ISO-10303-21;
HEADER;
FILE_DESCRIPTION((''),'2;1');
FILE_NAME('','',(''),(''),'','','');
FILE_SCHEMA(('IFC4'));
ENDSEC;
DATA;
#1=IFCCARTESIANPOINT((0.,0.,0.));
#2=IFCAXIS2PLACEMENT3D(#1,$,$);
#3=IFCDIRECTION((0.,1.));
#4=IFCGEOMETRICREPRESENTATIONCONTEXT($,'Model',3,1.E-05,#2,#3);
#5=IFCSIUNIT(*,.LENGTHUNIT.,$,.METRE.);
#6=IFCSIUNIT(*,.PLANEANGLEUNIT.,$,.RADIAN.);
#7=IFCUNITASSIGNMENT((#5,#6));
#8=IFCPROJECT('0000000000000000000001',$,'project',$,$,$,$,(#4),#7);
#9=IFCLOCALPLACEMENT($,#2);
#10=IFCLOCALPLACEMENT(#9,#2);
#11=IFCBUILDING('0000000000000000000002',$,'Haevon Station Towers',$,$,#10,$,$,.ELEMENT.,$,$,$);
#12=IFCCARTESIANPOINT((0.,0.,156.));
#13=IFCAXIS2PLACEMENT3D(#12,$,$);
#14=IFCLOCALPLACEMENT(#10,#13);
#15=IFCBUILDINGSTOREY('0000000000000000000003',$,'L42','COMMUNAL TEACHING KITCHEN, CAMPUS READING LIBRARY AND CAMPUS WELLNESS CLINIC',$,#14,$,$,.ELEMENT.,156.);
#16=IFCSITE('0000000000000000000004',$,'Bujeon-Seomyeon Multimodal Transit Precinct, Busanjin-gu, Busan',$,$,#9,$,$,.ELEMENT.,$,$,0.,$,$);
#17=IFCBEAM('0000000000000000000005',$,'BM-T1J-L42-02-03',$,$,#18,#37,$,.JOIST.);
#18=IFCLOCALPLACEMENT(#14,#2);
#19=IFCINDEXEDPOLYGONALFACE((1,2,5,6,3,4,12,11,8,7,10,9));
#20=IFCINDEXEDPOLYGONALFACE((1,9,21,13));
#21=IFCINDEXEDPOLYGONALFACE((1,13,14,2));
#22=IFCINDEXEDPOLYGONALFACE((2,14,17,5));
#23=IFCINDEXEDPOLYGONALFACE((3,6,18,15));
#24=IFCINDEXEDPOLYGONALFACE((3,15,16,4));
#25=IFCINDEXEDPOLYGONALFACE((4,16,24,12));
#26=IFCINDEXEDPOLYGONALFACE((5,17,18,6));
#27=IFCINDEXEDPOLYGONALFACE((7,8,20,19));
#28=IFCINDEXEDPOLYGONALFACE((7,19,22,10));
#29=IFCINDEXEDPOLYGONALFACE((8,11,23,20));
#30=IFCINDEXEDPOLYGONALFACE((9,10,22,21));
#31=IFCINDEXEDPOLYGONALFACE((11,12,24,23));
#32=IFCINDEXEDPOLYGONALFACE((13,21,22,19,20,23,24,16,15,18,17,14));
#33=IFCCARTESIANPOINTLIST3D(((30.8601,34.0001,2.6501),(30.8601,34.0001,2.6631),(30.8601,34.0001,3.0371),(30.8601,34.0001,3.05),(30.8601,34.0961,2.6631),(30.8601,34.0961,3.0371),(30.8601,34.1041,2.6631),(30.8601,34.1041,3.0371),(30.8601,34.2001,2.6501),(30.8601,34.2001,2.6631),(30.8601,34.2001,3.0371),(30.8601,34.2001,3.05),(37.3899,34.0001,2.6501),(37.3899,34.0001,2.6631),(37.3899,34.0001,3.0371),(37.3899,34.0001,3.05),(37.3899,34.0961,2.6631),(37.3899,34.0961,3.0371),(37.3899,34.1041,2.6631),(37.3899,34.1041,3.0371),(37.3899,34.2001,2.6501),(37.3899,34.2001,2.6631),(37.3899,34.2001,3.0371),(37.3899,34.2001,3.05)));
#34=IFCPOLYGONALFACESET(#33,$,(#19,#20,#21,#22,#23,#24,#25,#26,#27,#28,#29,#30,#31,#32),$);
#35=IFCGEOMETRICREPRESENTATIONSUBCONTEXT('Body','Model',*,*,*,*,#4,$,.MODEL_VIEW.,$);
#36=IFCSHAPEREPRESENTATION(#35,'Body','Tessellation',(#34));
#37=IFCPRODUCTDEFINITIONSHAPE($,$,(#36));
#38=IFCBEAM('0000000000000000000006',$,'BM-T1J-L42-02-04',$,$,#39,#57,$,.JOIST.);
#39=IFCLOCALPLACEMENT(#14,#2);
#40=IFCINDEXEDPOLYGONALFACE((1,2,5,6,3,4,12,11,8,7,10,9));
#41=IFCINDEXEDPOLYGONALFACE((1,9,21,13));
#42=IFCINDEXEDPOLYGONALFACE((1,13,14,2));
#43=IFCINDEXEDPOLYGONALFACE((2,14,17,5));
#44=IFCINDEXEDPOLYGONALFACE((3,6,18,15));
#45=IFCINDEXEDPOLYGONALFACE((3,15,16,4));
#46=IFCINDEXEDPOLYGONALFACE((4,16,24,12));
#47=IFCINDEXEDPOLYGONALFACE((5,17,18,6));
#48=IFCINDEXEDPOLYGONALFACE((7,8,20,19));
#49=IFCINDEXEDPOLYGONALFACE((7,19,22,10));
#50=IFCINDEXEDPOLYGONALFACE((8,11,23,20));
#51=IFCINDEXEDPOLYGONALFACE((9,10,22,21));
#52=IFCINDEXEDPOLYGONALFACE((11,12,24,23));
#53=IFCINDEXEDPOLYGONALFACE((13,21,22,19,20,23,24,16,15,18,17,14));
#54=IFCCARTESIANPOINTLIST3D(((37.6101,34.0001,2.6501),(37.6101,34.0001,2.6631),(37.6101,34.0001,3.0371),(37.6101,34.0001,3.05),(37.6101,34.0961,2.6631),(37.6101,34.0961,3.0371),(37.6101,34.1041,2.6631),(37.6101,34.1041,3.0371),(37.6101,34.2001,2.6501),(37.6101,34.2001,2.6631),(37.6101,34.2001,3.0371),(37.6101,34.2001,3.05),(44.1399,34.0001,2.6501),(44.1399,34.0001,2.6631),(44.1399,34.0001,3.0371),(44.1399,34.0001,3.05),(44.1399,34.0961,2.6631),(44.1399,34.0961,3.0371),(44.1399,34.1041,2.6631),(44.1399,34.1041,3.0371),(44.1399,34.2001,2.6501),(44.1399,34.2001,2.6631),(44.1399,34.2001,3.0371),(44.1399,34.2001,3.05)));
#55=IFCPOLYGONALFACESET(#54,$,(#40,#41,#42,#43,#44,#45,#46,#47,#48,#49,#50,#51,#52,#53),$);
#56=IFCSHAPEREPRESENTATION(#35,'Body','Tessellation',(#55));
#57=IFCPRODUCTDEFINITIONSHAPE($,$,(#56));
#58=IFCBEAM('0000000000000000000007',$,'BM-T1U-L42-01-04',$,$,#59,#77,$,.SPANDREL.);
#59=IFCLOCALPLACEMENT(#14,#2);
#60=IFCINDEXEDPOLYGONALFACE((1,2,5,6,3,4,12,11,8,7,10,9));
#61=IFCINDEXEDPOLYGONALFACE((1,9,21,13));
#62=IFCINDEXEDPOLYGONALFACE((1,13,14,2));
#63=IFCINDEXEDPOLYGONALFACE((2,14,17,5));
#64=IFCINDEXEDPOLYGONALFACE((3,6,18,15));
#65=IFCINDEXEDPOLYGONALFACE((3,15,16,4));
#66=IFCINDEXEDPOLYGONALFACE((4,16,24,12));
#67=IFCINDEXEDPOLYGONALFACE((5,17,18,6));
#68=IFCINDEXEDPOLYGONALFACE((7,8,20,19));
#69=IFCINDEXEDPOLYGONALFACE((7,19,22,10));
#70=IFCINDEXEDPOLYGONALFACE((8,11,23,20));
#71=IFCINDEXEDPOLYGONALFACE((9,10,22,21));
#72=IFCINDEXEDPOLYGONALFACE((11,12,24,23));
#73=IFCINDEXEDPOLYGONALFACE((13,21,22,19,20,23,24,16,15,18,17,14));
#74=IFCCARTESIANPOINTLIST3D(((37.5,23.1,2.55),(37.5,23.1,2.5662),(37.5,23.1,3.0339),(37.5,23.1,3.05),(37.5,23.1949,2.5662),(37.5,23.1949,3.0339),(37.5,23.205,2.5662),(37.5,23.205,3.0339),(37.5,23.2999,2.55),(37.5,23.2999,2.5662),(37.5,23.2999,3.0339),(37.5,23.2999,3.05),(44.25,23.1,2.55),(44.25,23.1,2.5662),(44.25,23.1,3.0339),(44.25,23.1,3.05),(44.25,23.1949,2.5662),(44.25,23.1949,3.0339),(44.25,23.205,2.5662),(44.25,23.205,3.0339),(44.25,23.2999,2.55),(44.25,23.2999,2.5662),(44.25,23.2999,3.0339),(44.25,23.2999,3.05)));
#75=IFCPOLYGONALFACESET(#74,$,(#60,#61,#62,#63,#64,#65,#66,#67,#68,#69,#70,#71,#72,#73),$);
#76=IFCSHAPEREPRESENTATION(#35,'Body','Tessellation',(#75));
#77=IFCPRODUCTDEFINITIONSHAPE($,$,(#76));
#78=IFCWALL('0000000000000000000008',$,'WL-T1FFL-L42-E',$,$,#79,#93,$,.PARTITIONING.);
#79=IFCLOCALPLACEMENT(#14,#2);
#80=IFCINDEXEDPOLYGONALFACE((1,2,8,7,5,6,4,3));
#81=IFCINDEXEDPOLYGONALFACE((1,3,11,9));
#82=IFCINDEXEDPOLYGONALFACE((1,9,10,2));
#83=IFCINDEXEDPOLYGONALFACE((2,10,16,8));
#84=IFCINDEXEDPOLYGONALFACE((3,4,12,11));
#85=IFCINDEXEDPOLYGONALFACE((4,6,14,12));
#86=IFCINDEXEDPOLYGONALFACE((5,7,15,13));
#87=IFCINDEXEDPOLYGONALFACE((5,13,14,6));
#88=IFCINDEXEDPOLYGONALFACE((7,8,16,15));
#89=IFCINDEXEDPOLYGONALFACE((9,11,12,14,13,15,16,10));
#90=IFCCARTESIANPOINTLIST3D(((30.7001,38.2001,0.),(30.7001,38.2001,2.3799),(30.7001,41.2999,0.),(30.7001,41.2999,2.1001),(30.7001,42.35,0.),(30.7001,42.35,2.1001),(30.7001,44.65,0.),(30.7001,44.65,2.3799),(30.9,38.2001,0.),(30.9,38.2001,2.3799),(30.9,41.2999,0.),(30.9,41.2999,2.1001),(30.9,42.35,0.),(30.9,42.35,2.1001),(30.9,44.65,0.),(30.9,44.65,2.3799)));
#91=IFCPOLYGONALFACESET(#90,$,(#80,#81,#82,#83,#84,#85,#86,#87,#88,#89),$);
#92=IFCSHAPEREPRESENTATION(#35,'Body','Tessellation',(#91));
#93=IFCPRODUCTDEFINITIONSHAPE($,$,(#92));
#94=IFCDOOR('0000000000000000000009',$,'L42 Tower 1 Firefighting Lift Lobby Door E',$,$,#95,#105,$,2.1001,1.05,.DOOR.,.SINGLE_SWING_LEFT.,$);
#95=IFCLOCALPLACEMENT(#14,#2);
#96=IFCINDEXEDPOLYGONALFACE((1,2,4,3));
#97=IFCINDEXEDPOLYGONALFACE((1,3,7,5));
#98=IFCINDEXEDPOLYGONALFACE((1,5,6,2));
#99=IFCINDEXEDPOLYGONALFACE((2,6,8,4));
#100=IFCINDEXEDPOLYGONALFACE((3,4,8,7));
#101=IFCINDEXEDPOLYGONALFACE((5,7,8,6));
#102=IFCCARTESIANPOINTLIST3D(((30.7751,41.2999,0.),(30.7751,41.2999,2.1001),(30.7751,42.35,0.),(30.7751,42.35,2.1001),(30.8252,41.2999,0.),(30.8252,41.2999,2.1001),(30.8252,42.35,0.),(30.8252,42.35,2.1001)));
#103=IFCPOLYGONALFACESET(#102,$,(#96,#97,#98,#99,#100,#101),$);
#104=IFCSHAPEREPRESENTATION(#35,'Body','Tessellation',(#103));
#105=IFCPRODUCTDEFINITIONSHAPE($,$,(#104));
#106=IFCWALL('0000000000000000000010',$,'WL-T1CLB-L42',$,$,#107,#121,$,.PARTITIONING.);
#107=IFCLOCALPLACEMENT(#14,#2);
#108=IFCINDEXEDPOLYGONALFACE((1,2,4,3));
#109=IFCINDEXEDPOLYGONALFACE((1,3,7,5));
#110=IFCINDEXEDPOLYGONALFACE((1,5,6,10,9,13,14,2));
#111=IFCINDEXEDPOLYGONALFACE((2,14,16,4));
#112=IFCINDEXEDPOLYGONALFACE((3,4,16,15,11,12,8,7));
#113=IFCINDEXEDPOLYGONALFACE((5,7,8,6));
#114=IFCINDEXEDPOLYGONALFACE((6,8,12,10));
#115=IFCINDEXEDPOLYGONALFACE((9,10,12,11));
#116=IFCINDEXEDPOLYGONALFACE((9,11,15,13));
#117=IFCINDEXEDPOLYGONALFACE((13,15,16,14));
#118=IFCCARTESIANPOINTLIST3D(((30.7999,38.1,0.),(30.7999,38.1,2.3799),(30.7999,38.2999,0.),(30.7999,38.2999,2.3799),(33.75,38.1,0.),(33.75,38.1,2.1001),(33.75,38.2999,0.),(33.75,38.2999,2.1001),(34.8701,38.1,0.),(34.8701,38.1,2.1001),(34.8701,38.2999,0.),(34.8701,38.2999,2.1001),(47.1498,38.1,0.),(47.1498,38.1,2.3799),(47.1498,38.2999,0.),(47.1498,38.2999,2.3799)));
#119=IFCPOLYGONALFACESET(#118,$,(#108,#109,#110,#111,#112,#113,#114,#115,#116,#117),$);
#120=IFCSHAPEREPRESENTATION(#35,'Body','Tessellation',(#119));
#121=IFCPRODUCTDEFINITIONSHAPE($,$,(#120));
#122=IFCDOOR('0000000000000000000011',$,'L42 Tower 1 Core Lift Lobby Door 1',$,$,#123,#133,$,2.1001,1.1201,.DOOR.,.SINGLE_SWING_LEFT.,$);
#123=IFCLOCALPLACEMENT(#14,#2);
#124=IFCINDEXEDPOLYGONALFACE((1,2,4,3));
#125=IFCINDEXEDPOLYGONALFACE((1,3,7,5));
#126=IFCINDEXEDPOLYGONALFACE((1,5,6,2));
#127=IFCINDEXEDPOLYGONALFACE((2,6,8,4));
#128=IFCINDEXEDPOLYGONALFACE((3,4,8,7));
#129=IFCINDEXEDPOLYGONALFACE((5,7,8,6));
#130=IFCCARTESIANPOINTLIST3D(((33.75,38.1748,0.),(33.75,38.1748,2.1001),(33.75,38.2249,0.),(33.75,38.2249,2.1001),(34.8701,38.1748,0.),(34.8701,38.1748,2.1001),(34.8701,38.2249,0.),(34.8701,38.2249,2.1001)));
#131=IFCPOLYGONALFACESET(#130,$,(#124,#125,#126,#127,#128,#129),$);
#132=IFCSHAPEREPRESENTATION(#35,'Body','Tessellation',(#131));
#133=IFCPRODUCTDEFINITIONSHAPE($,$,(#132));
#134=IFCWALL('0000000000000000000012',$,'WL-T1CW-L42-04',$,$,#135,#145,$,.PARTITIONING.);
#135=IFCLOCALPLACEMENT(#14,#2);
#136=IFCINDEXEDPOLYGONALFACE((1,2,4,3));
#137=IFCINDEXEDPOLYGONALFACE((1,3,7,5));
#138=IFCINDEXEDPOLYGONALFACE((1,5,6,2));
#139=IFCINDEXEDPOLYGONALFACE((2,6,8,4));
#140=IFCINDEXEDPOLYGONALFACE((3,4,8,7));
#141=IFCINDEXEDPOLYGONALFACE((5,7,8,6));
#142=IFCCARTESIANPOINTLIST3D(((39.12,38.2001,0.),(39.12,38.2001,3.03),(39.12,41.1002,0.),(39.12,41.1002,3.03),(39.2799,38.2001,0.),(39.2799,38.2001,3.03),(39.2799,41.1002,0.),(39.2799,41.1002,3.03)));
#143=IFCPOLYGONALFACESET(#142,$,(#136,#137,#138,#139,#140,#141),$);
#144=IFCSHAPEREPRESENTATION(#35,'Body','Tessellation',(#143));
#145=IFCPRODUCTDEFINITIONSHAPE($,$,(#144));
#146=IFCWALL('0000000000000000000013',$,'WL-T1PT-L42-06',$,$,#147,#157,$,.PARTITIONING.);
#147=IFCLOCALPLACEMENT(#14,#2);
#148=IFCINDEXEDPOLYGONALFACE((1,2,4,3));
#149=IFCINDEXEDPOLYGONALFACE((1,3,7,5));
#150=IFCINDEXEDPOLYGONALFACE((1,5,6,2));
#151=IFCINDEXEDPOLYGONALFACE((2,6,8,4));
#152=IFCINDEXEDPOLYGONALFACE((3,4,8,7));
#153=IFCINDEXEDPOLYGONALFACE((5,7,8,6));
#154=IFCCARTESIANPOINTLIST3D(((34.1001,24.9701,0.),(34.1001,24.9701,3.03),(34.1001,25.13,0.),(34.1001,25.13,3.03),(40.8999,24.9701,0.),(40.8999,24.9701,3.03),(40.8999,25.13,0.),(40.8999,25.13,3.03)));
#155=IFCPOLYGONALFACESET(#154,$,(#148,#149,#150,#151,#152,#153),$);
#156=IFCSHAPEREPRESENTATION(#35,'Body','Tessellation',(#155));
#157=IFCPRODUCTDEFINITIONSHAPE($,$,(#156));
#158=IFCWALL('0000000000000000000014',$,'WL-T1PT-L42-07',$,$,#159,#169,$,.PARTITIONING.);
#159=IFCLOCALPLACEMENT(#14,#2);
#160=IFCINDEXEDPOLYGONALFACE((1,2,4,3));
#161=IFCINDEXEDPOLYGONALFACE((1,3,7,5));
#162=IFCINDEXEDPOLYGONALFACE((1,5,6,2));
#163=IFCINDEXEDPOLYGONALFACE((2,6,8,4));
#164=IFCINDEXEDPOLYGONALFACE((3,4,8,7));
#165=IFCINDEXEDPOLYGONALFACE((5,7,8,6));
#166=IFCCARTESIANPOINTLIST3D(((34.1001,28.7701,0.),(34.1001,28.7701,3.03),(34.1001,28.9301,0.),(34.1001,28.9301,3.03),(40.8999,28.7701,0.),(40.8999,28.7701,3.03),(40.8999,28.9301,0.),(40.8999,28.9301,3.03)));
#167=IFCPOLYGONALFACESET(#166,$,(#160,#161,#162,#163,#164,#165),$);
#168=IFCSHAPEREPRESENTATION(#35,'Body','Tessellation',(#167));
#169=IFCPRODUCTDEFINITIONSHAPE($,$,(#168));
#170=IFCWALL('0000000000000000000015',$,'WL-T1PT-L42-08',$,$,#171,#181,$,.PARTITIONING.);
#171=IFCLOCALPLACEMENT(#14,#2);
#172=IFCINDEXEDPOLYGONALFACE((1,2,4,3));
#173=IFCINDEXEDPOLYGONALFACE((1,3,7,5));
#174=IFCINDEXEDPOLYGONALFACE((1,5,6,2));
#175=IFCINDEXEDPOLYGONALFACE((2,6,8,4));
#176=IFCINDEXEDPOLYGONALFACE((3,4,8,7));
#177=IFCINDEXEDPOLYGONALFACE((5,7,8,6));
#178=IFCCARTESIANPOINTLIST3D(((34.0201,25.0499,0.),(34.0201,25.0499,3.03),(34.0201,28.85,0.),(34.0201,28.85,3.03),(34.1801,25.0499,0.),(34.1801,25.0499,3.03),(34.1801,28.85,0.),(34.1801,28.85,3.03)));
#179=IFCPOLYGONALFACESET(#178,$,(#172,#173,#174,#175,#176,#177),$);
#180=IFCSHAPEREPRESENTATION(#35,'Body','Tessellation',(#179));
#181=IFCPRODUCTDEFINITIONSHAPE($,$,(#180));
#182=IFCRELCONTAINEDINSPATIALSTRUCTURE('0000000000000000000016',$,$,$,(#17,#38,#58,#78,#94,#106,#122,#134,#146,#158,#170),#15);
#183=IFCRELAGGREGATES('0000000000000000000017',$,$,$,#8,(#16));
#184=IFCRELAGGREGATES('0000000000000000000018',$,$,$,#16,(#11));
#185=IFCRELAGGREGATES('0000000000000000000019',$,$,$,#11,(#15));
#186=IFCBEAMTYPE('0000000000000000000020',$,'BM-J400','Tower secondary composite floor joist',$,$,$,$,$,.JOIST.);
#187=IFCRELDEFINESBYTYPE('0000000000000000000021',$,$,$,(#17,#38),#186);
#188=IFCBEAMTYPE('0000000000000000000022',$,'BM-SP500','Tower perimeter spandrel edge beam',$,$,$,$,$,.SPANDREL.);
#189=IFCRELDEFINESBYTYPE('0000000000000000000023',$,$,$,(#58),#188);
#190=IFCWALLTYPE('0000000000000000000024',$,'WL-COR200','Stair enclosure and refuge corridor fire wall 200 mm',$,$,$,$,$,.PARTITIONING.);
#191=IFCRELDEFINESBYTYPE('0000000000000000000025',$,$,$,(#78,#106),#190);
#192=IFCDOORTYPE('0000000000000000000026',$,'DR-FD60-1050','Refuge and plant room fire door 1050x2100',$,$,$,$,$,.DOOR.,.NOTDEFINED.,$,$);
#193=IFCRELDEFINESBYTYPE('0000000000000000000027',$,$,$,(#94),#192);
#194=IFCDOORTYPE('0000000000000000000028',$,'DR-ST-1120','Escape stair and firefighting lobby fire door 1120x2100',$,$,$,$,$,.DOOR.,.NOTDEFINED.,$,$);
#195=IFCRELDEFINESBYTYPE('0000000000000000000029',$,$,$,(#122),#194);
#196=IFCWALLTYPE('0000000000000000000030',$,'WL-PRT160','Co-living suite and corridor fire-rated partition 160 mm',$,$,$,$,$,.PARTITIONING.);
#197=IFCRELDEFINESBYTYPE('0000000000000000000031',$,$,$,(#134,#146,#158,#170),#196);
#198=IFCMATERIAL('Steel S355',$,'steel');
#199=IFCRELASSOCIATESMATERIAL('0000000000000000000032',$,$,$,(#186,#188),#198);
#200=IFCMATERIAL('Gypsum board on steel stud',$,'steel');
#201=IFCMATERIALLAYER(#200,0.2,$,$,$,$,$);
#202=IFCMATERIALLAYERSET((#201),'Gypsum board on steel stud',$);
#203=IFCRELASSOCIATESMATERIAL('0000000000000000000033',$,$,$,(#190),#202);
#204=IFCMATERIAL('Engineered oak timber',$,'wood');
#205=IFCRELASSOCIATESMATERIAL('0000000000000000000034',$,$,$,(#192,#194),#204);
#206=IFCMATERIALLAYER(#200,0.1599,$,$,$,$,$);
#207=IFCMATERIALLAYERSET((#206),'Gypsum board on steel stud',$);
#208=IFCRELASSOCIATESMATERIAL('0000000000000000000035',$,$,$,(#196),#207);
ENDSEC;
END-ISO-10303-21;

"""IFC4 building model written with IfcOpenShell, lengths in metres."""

from ifc_helpers import new_model, si_unit, direction, frame, frame_2d, origin, origin_2d, place, context, subcontext, project, spatial, rectangle, i_section, extrude, material, layer, layer_set, material_profile, profile_set, type_object, element, fill, save


model = new_model("IFC4")

# Units and contexts
model_context = context("Model", 3, precision=1e-05, world=origin(), true_north=direction((0.0, 1.0)))
body_context = subcontext(model_context, "Body", "Model", "MODEL_VIEW")
ifc_project = project(units=[si_unit("LENGTHUNIT", "METRE"), si_unit("PLANEANGLEUNIT", "RADIAN")], contexts=[model_context])

# Site, building, storey
site_placement = place(None, origin())
site = spatial("IfcSite", under=ifc_project, at=site_placement, Name="Bujeon-Seomyeon Multimodal Transit Precinct, Busanjin-gu, Busan", CompositionType="ELEMENT", RefElevation=0.0)
building_placement = place(site_placement, origin())
building = spatial("IfcBuilding", under=site, at=building_placement, Name="Haevon Station Towers", CompositionType="ELEMENT")
storey_placement = place(building_placement, frame((0.0, 0.0, 156.0)))
storey = spatial("IfcBuildingStorey", under=building, at=storey_placement, Name="L42", Description="COMMUNAL TEACHING KITCHEN, CAMPUS READING LIBRARY AND CAMPUS WELLNESS CLINIC", CompositionType="ELEMENT", Elevation=156.0)

# Shared definitions
ifc_material_1 = material(Name="Steel S355", Category="steel")

# Beams
ifc_material_profile_1 = material_profile(ifc_material_1, i_section(OverallWidth=0.2, OverallDepth=0.3999, WebThickness=0.0081, FlangeThickness=0.0129, at=origin_2d()), Name="H-400x200x8x13")
ifc_profile_set_1 = profile_set([ifc_material_profile_1], Name="Steel S355")
beam_type_1 = type_object("IfcBeamType", Name="BM-J400", Description="Tower secondary composite floor joist", PredefinedType="JOIST", material=ifc_profile_set_1)
for number, where, z_axis, x_axis, name in (
    (1, (30.8601, 34.1001, 2.8501), (1.0, 0.0, 0.0), (0.0, 1.0, 0.0), "BM-T1J-L42-02-03"),
    (2, (37.6101, 34.1001, 2.8501), (1.0, 0.0, 0.0), (0.0, 1.0, 0.0), "BM-T1J-L42-02-04"),
):
    element("IfcBeam", number, at=place(storey_placement, frame(where, z_axis=z_axis, x_axis=x_axis)), inside=storey, type_object=beam_type_1, Name=name, PredefinedType="JOIST", context=body_context, shape_type="SweptSolid", body=[
        extrude(i_section(OverallWidth=0.2, OverallDepth=0.3999, WebThickness=0.0081, FlangeThickness=0.0129, at=origin_2d()), origin(), (0.0, 0.0, 1.0), 6.5298),
    ])
ifc_material_profile_2 = material_profile(ifc_material_1, i_section(OverallWidth=0.2, OverallDepth=0.5, WebThickness=0.01, FlangeThickness=0.0161, at=origin_2d()), Name="H-500x200x10x16")
ifc_profile_set_2 = profile_set([ifc_material_profile_2], Name="Steel S355")
beam_type_2 = type_object("IfcBeamType", Name="BM-SP500", Description="Tower perimeter spandrel edge beam", PredefinedType="SPANDREL", material=ifc_profile_set_2)
beam_1_placement = place(storey_placement, frame((37.5, 23.2, 2.8), z_axis=(1.0, 0.0, 0.0), x_axis=(0.0, 1.0, 0.0)))
element("IfcBeam", 3, at=beam_1_placement, inside=storey, type_object=beam_type_2, Name="BM-T1U-L42-01-04", PredefinedType="SPANDREL", context=body_context, shape_type="SweptSolid", body=[
    extrude(i_section(OverallWidth=0.2, OverallDepth=0.5, WebThickness=0.01, FlangeThickness=0.0161, at=origin_2d()), origin(), (0.0, 0.0, 1.0), 6.75),
])

# Walls, openings, doors
ifc_material_2 = material(Name="Gypsum board on steel stud", Category="steel")
ifc_layer_1 = layer(ifc_material_2, 0.2)
ifc_layer_set_1 = layer_set([ifc_layer_1], Name="Gypsum board on steel stud")
wall_type_1 = type_object("IfcWallType", Name="WL-COR200", Description="Stair enclosure and refuge corridor fire wall 200 mm", PredefinedType="PARTITIONING", material=ifc_layer_set_1)
wall_1_placement = place(storey_placement, frame((30.8, 38.2, 0.0), z_axis=(0.0, 0.0, 1.0), x_axis=(0.0, 1.0, 0.0)))
wall_1 = element("IfcWall", 4, at=wall_1_placement, inside=storey, type_object=wall_type_1, Name="WL-T1FFL-L42-E", PredefinedType="PARTITIONING", context=body_context, shape_type="SweptSolid", body=[
    extrude(rectangle(XDim=6.45, YDim=0.2, at=frame_2d((3.2251, 0.0))), origin(), (0.0, 0.0, 1.0), 2.3799),
])
opening_1_placement = place(wall_1_placement, frame((3.1001, 0.0, 0.0)))
opening_1 = element("IfcOpeningElement", 5, at=opening_1_placement, cuts=wall_1, PredefinedType="OPENING", context=body_context, shape_type="SweptSolid", body=[
    extrude(rectangle(XDim=1.05, YDim=2.1001, at=frame_2d((0.5249, 1.05))), frame((0.0, 0.1099, 0.0), z_axis=(0.0, -1.0, 0.0), x_axis=(1.0, 0.0, 0.0)), (0.0, 0.0, 1.0), 0.22),
])
ifc_material_3 = material(Name="Engineered oak timber", Category="wood")
door_type_1 = type_object("IfcDoorType", Name="DR-FD60-1050", Description="Refuge and plant room fire door 1050x2100", OperationType="NOTDEFINED", PredefinedType="DOOR", material=ifc_material_3)
door_1_placement = place(opening_1_placement, origin())
door_1 = element("IfcDoor", 6, at=door_1_placement, inside=storey, type_object=door_type_1, Name="L42 Tower 1 Firefighting Lift Lobby Door E", OperationType="SINGLE_SWING_LEFT", OverallHeight=2.1001, OverallWidth=1.05, PredefinedType="DOOR", context=body_context, shape_type="SweptSolid", body=[
    extrude(rectangle(XDim=1.05, YDim=2.1001, at=frame_2d((0.5249, 1.05))), frame((0.0, 0.0249, 0.0), z_axis=(0.0, -1.0, 0.0), x_axis=(1.0, 0.0, 0.0)), (0.0, 0.0, 1.0), 0.05),
])
fill(opening_1, door_1)
wall_2_placement = place(storey_placement, frame((30.8, 38.2, 0.0), z_axis=(0.0, 0.0, 1.0), x_axis=(1.0, 0.0, 0.0)))
wall_2 = element("IfcWall", 7, at=wall_2_placement, inside=storey, type_object=wall_type_1, Name="WL-T1CLB-L42", PredefinedType="PARTITIONING", context=body_context, shape_type="SweptSolid", body=[
    extrude(rectangle(XDim=16.3499, YDim=0.2, at=frame_2d((8.1748, 0.0))), origin(), (0.0, 0.0, 1.0), 2.3799),
])
opening_2_placement = place(wall_2_placement, frame((2.95, 0.0, 0.0)))
opening_2 = element("IfcOpeningElement", 8, at=opening_2_placement, cuts=wall_2, PredefinedType="OPENING", context=body_context, shape_type="SweptSolid", body=[
    extrude(rectangle(XDim=1.1201, YDim=2.1001, at=frame_2d((0.5601, 1.05))), frame((0.0, 0.1099, 0.0), z_axis=(0.0, -1.0, 0.0), x_axis=(1.0, 0.0, 0.0)), (0.0, 0.0, 1.0), 0.22),
])
door_type_2 = type_object("IfcDoorType", Name="DR-ST-1120", Description="Escape stair and firefighting lobby fire door 1120x2100", OperationType="NOTDEFINED", PredefinedType="DOOR", material=ifc_material_3)
door_2_placement = place(opening_2_placement, origin())
door_2 = element("IfcDoor", 9, at=door_2_placement, inside=storey, type_object=door_type_2, Name="L42 Tower 1 Core Lift Lobby Door 1", OperationType="SINGLE_SWING_LEFT", OverallHeight=2.1001, OverallWidth=1.1201, PredefinedType="DOOR", context=body_context, shape_type="SweptSolid", body=[
    extrude(rectangle(XDim=1.1201, YDim=2.1001, at=frame_2d((0.5601, 1.05))), frame((0.0, 0.0249, 0.0), z_axis=(0.0, -1.0, 0.0), x_axis=(1.0, 0.0, 0.0)), (0.0, 0.0, 1.0), 0.05),
])
fill(opening_2, door_2)

# Walls
ifc_layer_2 = layer(ifc_material_2, 0.1599)
ifc_layer_set_2 = layer_set([ifc_layer_2], Name="Gypsum board on steel stud")
wall_type_2 = type_object("IfcWallType", Name="WL-PRT160", Description="Co-living suite and corridor fire-rated partition 160 mm", PredefinedType="PARTITIONING", material=ifc_layer_set_2)
wall_3_placement = place(storey_placement, frame((39.2, 38.2, 0.0), z_axis=(0.0, 0.0, 1.0), x_axis=(0.0, 1.0, 0.0)))
element("IfcWall", 10, at=wall_3_placement, inside=storey, type_object=wall_type_2, Name="WL-T1CW-L42-04", PredefinedType="PARTITIONING", context=body_context, shape_type="SweptSolid", body=[
    extrude(rectangle(XDim=2.9001, YDim=0.1599, at=frame_2d((1.4502, 0.0))), origin(), (0.0, 0.0, 1.0), 3.03),
])
for number, where, z_axis, x_axis, name in (
    (11, (34.1001, 25.05, 0.0), (0.0, 0.0, 1.0), (1.0, 0.0, 0.0), "WL-T1PT-L42-06"),
    (12, (34.1001, 28.8501, 0.0), (0.0, 0.0, 1.0), (1.0, 0.0, 0.0), "WL-T1PT-L42-07"),
):
    element("IfcWall", number, at=place(storey_placement, frame(where, z_axis=z_axis, x_axis=x_axis)), inside=storey, type_object=wall_type_2, Name=name, PredefinedType="PARTITIONING", context=body_context, shape_type="SweptSolid", body=[
        extrude(rectangle(XDim=6.7998, YDim=0.1599, at=frame_2d((3.3999, 0.0))), origin(), (0.0, 0.0, 1.0), 3.03),
    ])
for number, where, z_axis, x_axis, name in (
    (13, (34.1001, 25.05, 0.0), (0.0, 0.0, 1.0), (0.0, 1.0, 0.0), "WL-T1PT-L42-08"),
):
    element("IfcWall", number, at=place(storey_placement, frame(where, z_axis=z_axis, x_axis=x_axis)), inside=storey, type_object=wall_type_2, Name=name, PredefinedType="PARTITIONING", context=body_context, shape_type="SweptSolid", body=[
        extrude(rectangle(XDim=3.8, YDim=0.1599, at=frame_2d((1.8999, 0.0))), origin(), (0.0, 0.0, 1.0), 3.03),
    ])

save(model, "model.ifc")
